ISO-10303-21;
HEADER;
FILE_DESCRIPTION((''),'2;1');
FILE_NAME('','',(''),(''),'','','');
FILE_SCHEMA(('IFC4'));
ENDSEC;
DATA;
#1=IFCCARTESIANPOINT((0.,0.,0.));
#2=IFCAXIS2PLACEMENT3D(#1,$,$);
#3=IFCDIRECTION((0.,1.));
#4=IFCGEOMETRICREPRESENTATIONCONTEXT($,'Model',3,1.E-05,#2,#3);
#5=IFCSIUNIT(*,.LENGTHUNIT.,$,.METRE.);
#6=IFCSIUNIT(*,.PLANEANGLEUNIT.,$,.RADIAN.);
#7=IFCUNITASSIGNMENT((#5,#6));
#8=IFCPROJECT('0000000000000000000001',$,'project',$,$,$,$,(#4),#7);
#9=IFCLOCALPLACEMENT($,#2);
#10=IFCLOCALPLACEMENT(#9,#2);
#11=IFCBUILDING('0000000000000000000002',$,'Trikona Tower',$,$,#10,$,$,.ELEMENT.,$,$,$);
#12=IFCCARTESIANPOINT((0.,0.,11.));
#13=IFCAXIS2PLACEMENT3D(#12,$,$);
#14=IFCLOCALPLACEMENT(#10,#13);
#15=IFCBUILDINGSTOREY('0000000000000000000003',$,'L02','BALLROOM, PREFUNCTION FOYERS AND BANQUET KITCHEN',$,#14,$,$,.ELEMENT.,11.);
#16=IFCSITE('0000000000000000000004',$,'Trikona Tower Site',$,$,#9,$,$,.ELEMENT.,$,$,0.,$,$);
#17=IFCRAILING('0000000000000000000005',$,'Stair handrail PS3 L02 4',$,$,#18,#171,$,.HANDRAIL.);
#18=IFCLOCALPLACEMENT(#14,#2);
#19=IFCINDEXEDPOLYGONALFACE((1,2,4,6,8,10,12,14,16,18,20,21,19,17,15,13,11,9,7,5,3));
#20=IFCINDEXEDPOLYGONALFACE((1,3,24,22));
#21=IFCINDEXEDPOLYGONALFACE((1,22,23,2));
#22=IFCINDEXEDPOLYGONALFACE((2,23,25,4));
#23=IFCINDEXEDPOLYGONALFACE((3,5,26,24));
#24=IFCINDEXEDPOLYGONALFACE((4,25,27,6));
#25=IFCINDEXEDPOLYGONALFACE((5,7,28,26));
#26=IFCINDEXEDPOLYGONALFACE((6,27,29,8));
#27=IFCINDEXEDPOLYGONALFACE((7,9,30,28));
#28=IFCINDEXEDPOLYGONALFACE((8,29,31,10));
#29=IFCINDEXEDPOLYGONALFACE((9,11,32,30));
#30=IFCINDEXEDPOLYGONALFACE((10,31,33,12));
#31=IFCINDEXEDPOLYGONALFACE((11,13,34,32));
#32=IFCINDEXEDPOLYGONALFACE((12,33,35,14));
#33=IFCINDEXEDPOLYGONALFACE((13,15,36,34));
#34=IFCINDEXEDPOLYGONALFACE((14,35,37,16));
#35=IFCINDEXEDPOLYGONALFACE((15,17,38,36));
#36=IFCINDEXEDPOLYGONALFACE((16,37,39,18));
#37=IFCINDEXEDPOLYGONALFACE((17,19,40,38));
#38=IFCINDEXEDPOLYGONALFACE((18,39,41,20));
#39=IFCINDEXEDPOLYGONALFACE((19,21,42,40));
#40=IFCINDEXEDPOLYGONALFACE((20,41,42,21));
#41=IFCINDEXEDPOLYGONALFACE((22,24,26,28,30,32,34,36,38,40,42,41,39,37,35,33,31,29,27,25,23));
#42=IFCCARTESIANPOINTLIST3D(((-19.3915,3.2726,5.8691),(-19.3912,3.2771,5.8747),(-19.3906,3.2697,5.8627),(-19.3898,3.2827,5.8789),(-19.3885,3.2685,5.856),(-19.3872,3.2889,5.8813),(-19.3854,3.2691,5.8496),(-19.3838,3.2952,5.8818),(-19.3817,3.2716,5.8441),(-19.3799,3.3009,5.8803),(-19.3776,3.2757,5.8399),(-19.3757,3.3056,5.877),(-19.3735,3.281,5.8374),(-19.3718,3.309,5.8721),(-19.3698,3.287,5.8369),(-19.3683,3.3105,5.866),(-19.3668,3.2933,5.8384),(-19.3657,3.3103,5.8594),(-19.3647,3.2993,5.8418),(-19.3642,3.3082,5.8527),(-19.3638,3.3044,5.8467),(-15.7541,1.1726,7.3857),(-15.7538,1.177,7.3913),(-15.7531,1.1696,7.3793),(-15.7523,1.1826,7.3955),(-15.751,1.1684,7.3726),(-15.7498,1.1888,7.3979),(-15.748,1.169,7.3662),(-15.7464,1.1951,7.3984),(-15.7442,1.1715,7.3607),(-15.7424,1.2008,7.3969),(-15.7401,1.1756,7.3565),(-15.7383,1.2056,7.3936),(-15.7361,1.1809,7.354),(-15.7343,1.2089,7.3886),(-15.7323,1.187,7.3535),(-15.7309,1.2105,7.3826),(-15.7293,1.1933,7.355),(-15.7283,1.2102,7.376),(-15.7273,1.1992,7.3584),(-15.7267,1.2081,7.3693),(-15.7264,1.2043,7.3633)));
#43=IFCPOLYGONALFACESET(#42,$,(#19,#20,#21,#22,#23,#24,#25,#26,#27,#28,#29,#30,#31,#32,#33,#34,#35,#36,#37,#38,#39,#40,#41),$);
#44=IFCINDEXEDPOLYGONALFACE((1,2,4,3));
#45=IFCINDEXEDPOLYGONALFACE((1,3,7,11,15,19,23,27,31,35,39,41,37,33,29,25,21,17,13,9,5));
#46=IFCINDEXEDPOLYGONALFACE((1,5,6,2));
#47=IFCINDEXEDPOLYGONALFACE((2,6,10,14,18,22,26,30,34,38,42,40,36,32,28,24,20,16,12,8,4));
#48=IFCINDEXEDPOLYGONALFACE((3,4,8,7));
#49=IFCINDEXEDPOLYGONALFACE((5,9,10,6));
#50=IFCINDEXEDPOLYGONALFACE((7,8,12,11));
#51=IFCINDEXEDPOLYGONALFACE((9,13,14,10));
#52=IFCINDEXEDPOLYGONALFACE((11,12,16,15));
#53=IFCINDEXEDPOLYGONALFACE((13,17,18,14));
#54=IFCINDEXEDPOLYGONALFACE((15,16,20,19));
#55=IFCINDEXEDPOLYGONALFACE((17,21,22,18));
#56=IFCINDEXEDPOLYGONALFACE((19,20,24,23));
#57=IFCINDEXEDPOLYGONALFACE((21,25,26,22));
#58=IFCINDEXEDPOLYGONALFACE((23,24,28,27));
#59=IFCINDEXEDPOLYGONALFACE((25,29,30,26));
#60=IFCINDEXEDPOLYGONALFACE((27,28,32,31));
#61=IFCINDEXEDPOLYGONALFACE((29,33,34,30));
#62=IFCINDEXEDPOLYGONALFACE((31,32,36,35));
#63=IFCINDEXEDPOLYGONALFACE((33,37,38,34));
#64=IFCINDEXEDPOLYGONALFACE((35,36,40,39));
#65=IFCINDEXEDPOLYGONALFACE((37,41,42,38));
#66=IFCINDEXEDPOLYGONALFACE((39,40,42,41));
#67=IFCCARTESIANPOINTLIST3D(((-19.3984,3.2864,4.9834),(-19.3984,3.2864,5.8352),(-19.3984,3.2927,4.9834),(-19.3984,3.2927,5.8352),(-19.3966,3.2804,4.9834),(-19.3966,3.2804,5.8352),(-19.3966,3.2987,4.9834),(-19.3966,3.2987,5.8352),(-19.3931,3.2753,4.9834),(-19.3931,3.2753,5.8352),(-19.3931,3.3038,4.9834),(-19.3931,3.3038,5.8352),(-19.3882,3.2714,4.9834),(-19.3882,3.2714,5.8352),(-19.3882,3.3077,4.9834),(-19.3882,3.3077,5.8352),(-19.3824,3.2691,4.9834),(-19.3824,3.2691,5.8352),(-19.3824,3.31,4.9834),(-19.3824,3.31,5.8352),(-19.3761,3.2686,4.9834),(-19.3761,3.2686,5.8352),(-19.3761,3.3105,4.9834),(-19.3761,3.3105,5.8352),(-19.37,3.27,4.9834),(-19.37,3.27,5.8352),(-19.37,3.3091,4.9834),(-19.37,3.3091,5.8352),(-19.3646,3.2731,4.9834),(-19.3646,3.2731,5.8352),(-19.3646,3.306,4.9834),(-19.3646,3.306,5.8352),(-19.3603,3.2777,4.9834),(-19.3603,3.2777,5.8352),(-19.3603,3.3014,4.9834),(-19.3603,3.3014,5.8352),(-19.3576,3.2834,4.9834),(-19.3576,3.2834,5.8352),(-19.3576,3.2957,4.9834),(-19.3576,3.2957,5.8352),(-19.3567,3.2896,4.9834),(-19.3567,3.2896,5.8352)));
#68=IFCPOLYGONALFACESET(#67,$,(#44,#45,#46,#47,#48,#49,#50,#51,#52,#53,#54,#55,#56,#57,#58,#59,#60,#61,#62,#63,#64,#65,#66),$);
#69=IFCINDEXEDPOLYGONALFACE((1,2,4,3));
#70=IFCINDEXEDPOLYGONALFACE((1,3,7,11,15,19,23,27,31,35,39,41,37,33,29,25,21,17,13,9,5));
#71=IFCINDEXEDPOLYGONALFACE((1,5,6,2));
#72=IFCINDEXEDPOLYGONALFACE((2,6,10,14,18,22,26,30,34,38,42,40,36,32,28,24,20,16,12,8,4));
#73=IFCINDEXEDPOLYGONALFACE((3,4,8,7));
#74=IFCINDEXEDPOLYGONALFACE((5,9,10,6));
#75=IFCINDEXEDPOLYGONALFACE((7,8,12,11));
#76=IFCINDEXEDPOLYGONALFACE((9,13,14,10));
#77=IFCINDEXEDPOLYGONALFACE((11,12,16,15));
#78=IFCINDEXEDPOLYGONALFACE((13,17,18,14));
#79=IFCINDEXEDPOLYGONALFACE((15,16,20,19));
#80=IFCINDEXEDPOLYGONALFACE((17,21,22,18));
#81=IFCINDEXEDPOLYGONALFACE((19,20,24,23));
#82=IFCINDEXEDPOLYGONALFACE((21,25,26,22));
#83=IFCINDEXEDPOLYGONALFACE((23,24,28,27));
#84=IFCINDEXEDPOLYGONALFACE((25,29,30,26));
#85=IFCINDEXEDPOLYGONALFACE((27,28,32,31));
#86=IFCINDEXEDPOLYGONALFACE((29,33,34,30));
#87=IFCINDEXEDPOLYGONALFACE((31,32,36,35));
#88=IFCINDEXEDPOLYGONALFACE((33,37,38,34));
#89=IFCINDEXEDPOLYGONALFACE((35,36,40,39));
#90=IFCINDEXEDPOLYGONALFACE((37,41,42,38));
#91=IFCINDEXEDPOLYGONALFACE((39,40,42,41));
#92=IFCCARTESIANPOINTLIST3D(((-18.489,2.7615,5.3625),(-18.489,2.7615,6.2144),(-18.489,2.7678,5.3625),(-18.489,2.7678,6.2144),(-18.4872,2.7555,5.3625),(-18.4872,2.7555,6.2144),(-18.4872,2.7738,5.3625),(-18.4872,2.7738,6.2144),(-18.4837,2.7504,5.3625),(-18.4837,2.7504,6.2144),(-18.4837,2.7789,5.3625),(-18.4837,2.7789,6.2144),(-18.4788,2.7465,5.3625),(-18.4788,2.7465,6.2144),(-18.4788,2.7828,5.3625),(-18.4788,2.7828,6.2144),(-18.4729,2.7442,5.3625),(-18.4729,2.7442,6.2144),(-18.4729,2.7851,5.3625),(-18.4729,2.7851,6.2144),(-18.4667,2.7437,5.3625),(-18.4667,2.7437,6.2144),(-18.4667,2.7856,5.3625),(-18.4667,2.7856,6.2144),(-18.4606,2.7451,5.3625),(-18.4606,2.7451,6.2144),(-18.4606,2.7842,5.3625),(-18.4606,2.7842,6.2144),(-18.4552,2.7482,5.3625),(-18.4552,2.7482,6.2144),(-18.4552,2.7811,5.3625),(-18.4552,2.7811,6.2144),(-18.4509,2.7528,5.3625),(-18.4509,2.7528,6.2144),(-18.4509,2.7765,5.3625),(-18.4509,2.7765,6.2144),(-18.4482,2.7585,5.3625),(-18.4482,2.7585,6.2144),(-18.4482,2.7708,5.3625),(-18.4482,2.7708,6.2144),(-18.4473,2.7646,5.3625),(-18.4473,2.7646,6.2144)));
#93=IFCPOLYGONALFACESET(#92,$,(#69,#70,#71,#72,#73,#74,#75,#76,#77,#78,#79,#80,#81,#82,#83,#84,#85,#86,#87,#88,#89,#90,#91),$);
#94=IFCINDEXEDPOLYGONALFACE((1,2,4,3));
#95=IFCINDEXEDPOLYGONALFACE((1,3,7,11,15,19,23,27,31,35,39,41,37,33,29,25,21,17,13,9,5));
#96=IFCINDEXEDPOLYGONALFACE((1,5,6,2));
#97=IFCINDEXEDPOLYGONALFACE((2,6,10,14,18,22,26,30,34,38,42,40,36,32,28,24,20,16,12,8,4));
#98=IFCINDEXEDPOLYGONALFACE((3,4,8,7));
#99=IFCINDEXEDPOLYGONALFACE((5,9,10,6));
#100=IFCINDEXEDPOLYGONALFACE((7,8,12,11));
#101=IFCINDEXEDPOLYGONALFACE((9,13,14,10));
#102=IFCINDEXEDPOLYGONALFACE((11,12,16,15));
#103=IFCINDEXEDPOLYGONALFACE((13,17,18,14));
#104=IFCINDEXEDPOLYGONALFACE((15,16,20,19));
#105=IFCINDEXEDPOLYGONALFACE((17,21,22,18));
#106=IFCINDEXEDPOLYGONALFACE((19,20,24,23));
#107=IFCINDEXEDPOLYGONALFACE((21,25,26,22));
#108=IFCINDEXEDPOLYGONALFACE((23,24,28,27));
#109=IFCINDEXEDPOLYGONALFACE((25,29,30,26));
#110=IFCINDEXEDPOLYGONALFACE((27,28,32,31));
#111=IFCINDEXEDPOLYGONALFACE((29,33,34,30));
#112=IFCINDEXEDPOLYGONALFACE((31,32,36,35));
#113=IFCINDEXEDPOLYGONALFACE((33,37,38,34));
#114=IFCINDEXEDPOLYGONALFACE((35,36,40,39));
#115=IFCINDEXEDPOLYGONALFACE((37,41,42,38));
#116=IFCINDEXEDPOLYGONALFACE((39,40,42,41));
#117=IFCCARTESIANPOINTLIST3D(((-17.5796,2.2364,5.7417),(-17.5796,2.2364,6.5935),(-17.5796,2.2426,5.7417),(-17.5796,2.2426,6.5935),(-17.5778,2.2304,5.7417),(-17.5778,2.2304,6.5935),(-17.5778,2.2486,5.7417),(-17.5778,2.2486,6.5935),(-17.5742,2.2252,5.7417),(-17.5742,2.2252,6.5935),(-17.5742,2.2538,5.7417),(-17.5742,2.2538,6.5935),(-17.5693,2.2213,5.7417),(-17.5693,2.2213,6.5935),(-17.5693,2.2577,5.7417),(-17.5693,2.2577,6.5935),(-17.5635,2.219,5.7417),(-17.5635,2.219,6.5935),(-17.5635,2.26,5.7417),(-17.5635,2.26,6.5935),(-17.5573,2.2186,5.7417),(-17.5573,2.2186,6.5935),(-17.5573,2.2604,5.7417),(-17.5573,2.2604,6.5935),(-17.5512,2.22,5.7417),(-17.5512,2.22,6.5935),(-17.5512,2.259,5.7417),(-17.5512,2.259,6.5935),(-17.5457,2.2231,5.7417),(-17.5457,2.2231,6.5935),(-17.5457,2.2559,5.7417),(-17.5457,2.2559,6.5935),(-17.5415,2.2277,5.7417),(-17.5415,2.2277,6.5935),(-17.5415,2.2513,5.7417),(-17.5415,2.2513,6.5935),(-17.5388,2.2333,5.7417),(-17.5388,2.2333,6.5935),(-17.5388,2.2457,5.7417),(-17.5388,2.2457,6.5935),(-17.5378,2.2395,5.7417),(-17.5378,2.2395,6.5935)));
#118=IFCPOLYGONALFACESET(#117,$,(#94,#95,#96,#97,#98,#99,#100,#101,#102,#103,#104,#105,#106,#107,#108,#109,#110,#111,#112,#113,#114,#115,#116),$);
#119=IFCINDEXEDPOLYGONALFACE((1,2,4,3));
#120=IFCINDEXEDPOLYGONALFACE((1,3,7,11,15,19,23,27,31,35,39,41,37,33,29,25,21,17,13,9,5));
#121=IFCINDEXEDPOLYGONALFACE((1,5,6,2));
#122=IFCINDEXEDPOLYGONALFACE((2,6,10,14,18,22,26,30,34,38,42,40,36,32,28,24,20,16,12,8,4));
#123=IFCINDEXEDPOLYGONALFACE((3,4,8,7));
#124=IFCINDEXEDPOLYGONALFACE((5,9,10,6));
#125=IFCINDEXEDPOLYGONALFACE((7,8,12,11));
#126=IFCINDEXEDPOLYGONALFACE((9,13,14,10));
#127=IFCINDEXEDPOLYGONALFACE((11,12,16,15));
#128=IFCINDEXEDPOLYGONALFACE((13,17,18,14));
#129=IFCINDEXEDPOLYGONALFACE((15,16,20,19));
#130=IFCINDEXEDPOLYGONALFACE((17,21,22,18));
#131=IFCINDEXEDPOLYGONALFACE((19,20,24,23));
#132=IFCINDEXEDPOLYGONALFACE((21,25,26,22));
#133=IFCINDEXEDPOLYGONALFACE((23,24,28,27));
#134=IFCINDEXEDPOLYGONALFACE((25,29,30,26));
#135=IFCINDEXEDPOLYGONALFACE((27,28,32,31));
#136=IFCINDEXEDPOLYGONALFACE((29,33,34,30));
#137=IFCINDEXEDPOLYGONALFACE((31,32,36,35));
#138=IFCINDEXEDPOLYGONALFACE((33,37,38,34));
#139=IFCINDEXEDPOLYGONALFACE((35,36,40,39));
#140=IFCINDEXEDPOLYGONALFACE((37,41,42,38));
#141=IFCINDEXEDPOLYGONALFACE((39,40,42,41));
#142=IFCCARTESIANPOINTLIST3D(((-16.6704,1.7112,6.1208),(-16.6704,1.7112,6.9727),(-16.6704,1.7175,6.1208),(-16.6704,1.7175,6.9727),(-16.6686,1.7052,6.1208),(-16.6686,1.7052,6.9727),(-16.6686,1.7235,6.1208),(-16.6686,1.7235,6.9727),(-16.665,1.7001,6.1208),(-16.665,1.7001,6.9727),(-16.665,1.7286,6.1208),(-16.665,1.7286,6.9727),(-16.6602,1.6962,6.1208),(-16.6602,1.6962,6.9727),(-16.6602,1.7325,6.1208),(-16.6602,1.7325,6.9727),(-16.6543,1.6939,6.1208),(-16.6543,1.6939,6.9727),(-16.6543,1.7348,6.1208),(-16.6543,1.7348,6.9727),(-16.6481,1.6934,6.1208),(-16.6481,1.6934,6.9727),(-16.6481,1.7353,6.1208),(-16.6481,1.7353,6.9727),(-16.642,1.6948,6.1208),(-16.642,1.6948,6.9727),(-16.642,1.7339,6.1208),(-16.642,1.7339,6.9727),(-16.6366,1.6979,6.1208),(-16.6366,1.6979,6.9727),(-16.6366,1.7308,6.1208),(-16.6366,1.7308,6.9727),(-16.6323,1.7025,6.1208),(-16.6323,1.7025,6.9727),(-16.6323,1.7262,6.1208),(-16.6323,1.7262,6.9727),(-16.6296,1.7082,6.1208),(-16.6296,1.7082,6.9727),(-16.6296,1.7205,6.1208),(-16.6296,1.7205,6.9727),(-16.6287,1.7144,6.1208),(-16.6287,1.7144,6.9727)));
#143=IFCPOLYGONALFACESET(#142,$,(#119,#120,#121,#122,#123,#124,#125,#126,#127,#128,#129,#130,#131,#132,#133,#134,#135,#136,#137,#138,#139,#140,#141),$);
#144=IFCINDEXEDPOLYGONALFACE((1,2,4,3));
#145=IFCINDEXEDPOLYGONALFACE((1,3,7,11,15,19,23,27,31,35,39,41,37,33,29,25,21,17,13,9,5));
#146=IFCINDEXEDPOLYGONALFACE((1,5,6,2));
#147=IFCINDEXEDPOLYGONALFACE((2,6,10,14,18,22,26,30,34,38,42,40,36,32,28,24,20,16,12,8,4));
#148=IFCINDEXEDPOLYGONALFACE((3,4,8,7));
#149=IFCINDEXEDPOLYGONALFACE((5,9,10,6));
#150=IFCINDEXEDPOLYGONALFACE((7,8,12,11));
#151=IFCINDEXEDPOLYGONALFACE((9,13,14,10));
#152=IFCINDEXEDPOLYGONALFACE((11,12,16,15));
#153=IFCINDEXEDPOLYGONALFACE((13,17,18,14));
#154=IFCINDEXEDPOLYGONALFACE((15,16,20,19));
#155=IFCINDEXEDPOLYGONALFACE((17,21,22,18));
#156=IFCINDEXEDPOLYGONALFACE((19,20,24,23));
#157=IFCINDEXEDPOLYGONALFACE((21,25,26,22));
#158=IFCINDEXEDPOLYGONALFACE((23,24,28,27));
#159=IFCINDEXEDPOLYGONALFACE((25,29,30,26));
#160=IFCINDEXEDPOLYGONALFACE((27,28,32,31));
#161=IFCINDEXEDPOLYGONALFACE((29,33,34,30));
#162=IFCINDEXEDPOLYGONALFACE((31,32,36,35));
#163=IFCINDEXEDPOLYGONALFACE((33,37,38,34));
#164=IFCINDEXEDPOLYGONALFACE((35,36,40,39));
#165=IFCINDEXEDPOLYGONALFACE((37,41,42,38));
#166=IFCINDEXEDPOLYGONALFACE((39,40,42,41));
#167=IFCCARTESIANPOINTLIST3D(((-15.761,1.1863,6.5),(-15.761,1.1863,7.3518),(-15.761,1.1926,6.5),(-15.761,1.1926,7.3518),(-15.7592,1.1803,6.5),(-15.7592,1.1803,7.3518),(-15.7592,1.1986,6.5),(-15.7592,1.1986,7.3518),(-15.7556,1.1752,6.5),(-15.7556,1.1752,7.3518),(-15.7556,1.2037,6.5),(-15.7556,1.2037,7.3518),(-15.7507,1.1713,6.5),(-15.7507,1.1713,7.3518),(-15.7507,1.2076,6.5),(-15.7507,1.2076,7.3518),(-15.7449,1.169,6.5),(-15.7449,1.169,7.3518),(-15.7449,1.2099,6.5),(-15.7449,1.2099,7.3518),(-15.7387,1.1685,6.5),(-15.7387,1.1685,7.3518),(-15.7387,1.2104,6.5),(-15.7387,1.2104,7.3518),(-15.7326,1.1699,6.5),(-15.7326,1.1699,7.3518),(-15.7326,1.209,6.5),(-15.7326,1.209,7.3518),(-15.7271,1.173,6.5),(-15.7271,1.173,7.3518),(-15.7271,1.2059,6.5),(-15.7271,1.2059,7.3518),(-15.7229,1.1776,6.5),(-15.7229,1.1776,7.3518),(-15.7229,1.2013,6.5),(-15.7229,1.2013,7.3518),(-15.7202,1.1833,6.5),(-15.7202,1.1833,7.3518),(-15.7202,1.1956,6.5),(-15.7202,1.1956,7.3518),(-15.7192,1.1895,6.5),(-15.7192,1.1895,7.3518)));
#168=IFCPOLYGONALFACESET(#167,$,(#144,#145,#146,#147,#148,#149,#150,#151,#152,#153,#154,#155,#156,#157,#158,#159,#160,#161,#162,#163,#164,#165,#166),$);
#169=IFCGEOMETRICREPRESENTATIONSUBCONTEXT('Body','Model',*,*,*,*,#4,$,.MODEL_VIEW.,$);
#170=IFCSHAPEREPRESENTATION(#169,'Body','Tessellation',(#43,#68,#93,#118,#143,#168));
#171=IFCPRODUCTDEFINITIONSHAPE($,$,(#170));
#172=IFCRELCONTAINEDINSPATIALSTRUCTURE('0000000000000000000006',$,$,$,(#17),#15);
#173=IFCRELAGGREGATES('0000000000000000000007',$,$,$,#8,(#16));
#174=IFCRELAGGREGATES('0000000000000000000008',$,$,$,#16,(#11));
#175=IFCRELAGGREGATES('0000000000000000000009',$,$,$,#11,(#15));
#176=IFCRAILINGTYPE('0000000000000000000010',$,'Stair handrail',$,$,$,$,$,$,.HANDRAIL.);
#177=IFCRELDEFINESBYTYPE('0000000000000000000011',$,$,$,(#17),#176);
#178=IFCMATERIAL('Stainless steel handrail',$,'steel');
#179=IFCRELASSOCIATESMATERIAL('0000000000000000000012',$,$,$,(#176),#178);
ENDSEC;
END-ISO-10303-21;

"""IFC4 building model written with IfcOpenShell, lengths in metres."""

from ifc_helpers import new_model, si_unit, direction, frame, origin, origin_2d, place, context, subcontext, project, spatial, circle, extrude, material, type_object, element, save


model = new_model("IFC4")

# Units and contexts
model_context = context("Model", 3, precision=1e-05, world=origin(), true_north=direction((0.0, 1.0)))
body_context = subcontext(model_context, "Body", "Model", "MODEL_VIEW")
ifc_project = project(units=[si_unit("LENGTHUNIT", "METRE"), si_unit("PLANEANGLEUNIT", "RADIAN")], contexts=[model_context])

# Site, building, storey
site_placement = place(None, origin())
site = spatial("IfcSite", under=ifc_project, at=site_placement, Name="Trikona Tower Site", CompositionType="ELEMENT", RefElevation=0.0)
building_placement = place(site_placement, origin())
building = spatial("IfcBuilding", under=site, at=building_placement, Name="Trikona Tower", CompositionType="ELEMENT")
storey_placement = place(building_placement, frame((0.0, 0.0, 11.0)))
storey = spatial("IfcBuildingStorey", under=building, at=storey_placement, Name="L02", Description="BALLROOM, PREFUNCTION FOYERS AND BANQUET KITCHEN", CompositionType="ELEMENT", Elevation=11.0)

# Railing
ifc_material_1 = material(Name="Stainless steel handrail", Category="steel")
railing_type_1 = type_object("IfcRailingType", Name="Stair handrail", PredefinedType="HANDRAIL", material=ifc_material_1)
railing_1_placement = place(storey_placement, frame((-19.3777, 3.2896, 4.9834)))
element("IfcRailing", 1, at=railing_1_placement, inside=storey, type_object=railing_type_1, Name="Stair handrail PS3 L02 4", PredefinedType="HANDRAIL", context=body_context, shape_type="SweptSolid", body=[
    extrude(circle(Radius=0.0239, at=origin_2d()), frame((0.0, 0.0, 0.876), z_axis=(0.81455, -0.470284, 0.339619), x_axis=(0.500003, 0.866024, 0.0)), (0.0, 0.0, 1.0), 4.4656),
    extrude(circle(Radius=0.021, at=origin_2d()), origin(), (0.0, 0.0, 1.0), 0.8518),
    extrude(circle(Radius=0.021, at=origin_2d()), frame((0.9094, -0.5249, 0.3792)), (0.0, 0.0, 1.0), 0.8518),
    extrude(circle(Radius=0.021, at=origin_2d()), frame((1.8188, -1.05, 0.7583)), (0.0, 0.0, 1.0), 0.8518),
    extrude(circle(Radius=0.021, at=origin_2d()), frame((2.728, -1.5752, 1.1375)), (0.0, 0.0, 1.0), 0.8518),
    extrude(circle(Radius=0.021, at=origin_2d()), frame((3.6375, -2.1001, 1.5166)), (0.0, 0.0, 1.0), 0.8518),
])

save(model, "model.ifc")
